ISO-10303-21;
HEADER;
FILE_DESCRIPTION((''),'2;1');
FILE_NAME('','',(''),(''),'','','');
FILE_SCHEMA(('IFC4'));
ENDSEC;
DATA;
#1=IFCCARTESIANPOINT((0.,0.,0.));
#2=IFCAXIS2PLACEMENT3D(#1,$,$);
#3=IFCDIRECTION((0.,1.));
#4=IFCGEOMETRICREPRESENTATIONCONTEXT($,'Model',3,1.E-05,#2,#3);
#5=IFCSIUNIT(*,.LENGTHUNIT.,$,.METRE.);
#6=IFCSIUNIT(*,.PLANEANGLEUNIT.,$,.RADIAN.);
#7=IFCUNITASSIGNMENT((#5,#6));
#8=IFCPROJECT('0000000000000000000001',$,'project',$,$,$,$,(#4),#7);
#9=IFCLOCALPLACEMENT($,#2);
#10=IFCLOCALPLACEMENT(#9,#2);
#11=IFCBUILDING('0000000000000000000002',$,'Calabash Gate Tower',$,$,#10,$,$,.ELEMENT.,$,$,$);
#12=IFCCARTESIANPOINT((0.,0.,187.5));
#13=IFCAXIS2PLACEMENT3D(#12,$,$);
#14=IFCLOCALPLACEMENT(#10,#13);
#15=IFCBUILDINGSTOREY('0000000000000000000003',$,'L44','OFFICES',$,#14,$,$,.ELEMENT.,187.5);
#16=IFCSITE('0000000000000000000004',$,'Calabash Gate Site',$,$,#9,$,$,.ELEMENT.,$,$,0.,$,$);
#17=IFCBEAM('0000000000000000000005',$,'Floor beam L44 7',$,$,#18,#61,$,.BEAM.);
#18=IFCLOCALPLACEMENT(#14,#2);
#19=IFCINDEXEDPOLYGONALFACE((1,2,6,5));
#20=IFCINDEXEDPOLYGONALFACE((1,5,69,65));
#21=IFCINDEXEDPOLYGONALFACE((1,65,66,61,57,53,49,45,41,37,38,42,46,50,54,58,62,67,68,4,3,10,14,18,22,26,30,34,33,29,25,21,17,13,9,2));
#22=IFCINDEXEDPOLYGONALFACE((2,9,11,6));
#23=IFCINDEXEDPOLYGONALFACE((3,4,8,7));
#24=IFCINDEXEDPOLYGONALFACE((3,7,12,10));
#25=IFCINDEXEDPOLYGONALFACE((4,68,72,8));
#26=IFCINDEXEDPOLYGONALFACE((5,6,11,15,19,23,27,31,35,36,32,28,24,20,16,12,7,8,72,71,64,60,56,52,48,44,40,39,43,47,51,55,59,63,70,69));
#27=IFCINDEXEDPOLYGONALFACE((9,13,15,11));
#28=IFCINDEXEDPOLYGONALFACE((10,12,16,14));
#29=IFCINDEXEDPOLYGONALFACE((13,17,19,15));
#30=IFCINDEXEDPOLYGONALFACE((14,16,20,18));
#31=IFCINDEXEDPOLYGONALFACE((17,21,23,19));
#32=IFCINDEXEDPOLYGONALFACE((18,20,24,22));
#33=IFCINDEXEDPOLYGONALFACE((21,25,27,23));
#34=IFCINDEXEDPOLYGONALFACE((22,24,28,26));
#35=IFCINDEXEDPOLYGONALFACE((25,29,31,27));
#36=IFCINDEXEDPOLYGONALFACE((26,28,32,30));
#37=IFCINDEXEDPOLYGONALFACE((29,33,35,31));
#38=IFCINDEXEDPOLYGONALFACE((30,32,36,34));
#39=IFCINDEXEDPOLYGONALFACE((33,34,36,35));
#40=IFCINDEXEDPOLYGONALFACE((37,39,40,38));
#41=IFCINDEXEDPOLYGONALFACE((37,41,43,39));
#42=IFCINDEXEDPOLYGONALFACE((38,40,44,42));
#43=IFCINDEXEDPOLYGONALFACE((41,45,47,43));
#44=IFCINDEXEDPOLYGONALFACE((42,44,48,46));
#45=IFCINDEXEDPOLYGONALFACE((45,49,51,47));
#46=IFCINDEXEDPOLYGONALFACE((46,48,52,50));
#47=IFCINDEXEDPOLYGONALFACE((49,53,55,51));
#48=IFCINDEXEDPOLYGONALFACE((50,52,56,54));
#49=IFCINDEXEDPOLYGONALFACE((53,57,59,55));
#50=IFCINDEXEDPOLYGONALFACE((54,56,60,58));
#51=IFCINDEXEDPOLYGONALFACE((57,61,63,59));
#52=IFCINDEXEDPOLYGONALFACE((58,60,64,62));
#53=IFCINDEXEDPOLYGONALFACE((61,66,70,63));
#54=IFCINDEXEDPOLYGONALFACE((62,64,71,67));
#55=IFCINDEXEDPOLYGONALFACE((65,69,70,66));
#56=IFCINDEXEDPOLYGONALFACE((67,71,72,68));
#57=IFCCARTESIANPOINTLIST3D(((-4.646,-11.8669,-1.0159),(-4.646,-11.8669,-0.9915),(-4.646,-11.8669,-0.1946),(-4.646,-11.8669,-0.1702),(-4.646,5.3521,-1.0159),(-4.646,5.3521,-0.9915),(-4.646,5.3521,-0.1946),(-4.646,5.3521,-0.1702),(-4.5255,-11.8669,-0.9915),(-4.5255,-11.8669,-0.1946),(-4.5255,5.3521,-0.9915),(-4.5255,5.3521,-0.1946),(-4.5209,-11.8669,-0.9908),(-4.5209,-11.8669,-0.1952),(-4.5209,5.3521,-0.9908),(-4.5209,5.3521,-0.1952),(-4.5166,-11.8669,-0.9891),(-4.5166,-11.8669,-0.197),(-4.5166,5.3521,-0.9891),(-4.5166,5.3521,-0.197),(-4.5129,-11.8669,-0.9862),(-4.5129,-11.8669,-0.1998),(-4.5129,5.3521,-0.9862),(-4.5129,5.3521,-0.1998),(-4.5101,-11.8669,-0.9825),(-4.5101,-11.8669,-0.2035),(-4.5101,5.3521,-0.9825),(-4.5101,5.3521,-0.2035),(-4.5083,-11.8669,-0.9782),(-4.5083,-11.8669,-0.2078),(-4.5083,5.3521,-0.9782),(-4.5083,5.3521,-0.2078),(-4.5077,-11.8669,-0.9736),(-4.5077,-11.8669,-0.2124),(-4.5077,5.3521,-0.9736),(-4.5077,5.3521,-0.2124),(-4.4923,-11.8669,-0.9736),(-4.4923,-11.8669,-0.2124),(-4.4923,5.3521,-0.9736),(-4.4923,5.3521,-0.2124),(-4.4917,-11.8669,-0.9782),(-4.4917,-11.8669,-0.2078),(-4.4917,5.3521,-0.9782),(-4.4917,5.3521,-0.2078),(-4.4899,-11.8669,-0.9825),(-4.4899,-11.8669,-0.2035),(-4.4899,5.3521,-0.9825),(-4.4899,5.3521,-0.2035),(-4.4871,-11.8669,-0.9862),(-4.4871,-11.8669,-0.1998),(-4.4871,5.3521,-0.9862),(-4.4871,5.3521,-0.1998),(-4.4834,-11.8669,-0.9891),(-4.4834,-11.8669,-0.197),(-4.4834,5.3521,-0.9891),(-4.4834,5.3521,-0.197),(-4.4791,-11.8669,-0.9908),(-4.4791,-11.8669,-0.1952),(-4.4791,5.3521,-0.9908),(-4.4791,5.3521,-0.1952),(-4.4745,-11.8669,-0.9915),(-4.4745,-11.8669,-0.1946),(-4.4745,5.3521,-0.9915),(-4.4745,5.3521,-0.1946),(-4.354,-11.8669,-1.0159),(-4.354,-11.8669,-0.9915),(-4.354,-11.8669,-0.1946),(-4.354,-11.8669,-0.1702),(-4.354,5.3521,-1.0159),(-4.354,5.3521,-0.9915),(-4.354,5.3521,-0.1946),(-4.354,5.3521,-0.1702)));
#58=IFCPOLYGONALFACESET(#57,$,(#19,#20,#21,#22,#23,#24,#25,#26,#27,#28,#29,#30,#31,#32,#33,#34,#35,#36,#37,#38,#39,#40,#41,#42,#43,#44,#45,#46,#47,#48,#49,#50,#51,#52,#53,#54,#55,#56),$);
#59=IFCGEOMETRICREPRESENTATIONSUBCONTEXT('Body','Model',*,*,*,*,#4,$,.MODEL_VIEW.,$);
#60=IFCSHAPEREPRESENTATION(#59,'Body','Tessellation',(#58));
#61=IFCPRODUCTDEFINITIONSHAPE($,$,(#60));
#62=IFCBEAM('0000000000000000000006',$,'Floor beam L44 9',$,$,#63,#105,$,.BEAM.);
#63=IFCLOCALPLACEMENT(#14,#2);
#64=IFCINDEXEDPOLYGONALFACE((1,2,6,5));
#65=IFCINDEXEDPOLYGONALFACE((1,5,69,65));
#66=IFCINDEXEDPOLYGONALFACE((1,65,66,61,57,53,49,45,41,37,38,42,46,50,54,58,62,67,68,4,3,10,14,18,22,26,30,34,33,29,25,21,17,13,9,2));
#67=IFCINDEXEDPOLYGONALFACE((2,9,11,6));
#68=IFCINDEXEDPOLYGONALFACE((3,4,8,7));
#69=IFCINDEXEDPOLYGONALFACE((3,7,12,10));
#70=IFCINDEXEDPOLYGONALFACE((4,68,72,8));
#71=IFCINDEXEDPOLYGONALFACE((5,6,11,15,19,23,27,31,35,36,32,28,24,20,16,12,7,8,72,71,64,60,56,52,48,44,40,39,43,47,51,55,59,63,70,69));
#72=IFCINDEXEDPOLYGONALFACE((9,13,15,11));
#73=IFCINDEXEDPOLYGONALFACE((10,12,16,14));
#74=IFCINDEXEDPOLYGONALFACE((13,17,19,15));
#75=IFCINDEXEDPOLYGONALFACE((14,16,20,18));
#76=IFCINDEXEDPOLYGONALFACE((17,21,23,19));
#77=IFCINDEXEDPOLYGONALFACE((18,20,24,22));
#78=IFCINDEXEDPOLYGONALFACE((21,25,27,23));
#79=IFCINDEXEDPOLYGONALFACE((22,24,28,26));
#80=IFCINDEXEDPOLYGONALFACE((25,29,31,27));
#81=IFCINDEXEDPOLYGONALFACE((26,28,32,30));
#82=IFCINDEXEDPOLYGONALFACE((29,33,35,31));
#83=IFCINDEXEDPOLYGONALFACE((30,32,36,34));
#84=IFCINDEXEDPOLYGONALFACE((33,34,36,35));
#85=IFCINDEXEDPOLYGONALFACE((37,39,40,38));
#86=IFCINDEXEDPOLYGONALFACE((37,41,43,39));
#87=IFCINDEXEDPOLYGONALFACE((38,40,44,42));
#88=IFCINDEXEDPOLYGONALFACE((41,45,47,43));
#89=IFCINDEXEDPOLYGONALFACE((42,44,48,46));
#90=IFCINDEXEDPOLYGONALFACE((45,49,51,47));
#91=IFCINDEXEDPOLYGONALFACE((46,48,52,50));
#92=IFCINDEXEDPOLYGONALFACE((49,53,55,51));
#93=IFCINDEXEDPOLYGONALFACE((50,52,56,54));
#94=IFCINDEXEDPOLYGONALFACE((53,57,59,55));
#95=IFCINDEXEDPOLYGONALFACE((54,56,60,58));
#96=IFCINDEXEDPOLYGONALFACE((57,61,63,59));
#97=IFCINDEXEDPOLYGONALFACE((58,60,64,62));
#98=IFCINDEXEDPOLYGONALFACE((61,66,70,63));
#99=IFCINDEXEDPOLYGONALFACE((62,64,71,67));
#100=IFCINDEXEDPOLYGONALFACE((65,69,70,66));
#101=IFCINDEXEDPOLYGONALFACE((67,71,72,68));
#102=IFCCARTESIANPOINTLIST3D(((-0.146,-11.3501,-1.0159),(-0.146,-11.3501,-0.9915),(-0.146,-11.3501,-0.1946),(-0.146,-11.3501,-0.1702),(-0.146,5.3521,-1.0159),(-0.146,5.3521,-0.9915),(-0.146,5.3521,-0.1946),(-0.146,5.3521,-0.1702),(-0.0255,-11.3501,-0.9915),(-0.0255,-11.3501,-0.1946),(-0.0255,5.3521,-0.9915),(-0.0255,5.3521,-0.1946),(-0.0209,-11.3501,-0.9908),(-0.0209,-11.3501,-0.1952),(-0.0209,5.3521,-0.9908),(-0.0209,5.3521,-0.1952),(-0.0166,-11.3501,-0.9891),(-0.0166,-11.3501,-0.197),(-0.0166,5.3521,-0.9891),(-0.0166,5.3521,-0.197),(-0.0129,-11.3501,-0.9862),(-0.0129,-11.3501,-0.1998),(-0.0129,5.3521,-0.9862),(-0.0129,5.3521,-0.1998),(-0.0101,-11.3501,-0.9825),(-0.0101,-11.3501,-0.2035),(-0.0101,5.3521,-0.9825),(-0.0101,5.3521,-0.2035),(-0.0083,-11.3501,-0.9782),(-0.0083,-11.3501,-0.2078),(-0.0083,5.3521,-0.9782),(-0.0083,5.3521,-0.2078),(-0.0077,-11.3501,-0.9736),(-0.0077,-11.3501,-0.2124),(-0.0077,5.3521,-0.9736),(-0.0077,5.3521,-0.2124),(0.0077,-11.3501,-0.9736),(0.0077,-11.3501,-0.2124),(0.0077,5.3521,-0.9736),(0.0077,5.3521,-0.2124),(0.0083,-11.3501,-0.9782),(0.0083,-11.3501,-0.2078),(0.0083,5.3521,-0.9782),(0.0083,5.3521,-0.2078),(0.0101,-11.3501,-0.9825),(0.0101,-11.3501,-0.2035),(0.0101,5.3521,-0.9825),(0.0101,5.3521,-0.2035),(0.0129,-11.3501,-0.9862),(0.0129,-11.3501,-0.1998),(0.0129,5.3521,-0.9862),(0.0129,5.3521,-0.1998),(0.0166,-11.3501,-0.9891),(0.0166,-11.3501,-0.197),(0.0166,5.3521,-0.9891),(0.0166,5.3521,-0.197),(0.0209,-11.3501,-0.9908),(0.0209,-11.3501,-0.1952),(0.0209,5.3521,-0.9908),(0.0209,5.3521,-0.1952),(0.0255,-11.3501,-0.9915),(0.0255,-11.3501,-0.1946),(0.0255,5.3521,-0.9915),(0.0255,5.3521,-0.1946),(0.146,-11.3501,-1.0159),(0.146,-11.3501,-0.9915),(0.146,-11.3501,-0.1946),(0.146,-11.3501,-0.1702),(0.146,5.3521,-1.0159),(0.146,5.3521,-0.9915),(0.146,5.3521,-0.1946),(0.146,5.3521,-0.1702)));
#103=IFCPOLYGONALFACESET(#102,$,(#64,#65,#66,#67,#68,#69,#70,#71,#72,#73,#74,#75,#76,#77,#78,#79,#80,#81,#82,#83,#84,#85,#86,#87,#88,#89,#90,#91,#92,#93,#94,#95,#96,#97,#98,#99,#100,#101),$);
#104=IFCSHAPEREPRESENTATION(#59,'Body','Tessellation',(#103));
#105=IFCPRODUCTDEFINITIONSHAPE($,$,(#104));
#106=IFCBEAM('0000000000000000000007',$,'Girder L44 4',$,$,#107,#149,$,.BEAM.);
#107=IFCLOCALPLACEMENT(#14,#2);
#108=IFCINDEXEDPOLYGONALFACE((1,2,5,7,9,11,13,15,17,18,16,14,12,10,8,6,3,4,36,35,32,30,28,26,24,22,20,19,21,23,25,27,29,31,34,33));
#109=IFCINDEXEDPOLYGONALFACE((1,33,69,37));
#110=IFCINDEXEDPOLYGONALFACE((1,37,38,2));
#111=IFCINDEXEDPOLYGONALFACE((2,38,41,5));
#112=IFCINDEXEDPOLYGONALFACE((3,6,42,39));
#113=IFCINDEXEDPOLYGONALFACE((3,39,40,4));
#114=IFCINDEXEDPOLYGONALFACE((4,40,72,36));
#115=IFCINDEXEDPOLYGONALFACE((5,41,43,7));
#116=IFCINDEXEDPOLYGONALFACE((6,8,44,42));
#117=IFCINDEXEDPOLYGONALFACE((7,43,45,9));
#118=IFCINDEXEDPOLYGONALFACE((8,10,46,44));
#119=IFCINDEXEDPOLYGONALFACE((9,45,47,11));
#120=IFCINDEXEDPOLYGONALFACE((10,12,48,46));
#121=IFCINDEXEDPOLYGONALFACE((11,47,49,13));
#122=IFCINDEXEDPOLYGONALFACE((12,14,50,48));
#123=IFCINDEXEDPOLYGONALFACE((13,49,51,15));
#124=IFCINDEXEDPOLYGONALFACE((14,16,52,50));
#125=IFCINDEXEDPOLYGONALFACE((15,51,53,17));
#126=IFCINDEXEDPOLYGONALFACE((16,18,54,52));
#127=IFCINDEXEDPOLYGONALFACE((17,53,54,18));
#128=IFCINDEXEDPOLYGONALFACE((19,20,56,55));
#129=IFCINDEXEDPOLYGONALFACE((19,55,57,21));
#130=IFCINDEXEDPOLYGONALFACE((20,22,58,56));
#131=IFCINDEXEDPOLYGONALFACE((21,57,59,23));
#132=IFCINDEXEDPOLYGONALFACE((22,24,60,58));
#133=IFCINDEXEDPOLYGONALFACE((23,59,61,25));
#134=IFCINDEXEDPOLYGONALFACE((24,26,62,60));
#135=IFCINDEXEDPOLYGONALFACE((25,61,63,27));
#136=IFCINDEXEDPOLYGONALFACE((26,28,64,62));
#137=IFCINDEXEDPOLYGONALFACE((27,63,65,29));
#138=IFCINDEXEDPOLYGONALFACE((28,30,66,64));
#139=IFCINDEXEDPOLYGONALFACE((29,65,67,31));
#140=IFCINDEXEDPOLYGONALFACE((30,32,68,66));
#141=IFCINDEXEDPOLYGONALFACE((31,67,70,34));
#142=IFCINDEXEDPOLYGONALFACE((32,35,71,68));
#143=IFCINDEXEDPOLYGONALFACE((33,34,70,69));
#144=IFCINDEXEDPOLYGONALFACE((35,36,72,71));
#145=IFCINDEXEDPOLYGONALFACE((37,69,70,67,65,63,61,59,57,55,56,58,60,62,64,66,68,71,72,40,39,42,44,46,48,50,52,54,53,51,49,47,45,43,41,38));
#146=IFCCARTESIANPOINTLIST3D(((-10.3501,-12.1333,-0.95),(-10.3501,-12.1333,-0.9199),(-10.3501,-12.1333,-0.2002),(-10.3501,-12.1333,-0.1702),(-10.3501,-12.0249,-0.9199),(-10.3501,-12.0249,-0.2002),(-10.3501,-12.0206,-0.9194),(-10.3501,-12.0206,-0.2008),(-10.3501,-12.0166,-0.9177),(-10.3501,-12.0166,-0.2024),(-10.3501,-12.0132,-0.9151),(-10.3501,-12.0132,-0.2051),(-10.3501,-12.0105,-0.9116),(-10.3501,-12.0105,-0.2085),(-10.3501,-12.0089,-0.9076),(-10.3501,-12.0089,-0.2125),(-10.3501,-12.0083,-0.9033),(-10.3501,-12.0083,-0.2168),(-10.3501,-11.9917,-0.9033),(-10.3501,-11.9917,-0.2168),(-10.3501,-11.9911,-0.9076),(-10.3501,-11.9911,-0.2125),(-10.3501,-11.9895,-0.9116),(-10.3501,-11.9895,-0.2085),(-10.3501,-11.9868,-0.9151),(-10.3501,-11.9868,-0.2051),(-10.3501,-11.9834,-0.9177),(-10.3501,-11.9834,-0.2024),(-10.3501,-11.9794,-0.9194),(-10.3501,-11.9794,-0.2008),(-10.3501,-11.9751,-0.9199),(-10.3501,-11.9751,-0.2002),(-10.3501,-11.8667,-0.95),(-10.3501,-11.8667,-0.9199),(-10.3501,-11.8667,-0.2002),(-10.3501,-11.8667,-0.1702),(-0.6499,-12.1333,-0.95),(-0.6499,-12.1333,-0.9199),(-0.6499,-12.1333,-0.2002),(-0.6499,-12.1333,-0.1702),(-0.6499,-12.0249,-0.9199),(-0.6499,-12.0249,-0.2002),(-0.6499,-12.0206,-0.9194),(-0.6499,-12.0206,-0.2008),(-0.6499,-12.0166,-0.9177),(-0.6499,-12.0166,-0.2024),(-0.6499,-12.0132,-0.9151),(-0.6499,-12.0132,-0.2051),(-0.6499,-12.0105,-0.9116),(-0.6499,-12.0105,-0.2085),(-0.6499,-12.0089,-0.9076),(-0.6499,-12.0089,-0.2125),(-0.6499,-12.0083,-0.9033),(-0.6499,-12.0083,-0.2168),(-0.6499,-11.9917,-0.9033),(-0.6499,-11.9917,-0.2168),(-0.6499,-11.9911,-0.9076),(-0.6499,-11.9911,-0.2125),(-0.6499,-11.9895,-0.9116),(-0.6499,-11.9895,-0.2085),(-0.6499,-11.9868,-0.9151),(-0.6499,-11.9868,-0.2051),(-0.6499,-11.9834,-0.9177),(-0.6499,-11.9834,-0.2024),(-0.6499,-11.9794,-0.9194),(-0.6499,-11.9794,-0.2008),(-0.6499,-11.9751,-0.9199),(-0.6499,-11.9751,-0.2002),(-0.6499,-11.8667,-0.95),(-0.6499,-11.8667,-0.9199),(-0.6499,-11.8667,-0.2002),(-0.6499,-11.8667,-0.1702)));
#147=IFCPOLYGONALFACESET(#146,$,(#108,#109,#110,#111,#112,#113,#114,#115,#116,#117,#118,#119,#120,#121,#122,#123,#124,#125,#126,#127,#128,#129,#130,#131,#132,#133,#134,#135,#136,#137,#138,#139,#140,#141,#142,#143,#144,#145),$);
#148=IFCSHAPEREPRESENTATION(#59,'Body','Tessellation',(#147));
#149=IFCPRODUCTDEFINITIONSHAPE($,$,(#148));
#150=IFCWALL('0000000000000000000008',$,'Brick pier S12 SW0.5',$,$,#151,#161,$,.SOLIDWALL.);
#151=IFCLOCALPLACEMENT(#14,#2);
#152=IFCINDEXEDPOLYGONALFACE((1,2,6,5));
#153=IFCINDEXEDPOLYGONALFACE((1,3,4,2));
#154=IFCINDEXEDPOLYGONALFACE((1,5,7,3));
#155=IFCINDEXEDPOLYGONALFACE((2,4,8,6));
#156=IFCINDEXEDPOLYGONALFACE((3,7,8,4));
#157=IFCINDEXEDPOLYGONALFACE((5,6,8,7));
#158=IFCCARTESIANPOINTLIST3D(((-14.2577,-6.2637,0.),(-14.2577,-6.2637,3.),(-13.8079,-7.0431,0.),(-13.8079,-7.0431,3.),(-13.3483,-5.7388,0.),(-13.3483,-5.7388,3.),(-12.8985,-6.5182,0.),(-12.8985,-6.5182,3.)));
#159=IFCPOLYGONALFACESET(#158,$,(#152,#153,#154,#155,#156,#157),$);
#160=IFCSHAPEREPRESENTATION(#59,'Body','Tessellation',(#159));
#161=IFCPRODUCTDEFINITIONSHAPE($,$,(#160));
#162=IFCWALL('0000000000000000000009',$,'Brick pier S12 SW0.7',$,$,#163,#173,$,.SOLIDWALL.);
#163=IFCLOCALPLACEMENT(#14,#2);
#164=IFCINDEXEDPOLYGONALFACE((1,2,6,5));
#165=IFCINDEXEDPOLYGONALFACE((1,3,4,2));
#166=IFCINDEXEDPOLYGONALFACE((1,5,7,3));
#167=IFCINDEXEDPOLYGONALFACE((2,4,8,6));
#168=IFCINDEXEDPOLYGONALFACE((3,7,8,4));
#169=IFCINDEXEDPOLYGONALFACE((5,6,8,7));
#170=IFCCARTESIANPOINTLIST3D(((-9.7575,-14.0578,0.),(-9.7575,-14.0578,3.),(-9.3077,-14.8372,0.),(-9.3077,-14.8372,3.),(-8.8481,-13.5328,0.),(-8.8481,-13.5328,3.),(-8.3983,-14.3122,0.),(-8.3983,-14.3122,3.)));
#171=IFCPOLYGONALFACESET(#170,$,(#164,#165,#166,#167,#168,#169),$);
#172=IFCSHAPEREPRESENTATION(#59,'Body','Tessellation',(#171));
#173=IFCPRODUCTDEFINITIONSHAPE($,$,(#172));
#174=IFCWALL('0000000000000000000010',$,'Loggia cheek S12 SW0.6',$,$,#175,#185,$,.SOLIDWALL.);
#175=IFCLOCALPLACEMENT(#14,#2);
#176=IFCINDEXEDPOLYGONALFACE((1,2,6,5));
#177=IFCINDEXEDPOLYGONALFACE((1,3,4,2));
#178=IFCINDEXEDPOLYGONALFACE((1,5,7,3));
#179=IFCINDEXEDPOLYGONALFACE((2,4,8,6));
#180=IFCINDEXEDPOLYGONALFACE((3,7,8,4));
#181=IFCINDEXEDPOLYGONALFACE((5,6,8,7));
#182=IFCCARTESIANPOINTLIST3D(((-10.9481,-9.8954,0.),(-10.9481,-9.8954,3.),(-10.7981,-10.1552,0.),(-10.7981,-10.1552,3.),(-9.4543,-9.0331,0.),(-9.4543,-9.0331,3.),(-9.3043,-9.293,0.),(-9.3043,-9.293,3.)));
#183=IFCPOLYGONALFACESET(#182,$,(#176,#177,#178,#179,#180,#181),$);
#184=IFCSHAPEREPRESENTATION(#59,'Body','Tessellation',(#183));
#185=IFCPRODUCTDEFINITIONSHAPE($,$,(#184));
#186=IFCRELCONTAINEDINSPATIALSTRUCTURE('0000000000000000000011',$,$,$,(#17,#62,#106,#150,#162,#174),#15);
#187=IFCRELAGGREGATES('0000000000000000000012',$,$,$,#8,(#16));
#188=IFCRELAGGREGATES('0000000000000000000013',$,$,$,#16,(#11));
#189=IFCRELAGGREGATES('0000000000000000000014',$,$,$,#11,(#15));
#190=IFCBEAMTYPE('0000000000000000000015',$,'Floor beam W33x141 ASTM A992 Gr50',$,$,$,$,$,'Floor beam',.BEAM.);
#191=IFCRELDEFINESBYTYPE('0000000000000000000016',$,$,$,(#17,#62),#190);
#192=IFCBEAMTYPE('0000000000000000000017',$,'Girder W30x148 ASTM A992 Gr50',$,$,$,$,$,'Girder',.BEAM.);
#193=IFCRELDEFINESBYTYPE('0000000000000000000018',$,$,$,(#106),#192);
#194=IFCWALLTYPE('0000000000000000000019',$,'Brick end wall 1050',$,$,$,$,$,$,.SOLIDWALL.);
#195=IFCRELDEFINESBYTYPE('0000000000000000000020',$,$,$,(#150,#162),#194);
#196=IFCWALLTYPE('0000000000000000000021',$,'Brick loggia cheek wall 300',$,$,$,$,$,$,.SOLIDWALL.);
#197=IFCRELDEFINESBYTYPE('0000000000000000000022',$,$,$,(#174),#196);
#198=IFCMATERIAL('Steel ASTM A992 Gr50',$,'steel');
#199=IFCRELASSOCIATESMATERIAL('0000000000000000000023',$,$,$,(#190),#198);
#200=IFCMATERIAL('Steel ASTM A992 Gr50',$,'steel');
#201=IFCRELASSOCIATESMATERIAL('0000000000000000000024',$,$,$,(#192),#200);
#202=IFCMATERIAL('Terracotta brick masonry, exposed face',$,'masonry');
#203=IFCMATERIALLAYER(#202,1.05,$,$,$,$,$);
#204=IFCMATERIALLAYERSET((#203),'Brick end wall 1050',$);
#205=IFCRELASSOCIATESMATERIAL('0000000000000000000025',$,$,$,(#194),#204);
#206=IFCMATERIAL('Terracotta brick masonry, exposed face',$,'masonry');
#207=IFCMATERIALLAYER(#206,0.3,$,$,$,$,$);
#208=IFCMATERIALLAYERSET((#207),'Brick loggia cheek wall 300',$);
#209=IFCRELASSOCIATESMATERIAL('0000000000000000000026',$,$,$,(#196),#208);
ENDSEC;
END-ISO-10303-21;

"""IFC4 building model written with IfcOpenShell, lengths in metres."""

from ifc_helpers import new_model, si_unit, direction, frame, frame_2d, origin, origin_2d, place, context, subcontext, project, spatial, rectangle, i_section, extrude, material, layer, layer_set, material_profile, profile_set, type_object, element, save


model = new_model("IFC4")

# Units and contexts
model_context = context("Model", 3, precision=1e-05, world=origin(), true_north=direction((0.0, 1.0)))
body_context = subcontext(model_context, "Body", "Model", "MODEL_VIEW")
ifc_project = project(units=[si_unit("LENGTHUNIT", "METRE"), si_unit("PLANEANGLEUNIT", "RADIAN")], contexts=[model_context])

# Site, building, storey
site_placement = place(None, origin())
site = spatial("IfcSite", under=ifc_project, at=site_placement, Name="Calabash Gate Site", CompositionType="ELEMENT", RefElevation=0.0)
building_placement = place(site_placement, origin())
building = spatial("IfcBuilding", under=site, at=building_placement, Name="Calabash Gate Tower", CompositionType="ELEMENT")
storey_placement = place(building_placement, frame((0.0, 0.0, 187.5)))
storey = spatial("IfcBuildingStorey", under=building, at=storey_placement, Name="L44", Description="OFFICES", CompositionType="ELEMENT", Elevation=187.5)

# Beams
ifc_material_1 = material(Name="Steel ASTM A992 Gr50", Category="steel")
ifc_material_profile_1 = material_profile(ifc_material_1, i_section(OverallWidth=0.292, OverallDepth=0.8457, WebThickness=0.0154, FlangeThickness=0.0244, FilletRadius=0.0178, at=origin_2d()))
ifc_profile_set_1 = profile_set([ifc_material_profile_1], Name="Steel ASTM A992 Gr50")
beam_type_1 = type_object("IfcBeamType", Name="Floor beam W33x141 ASTM A992 Gr50", ElementType="Floor beam", PredefinedType="BEAM", material=ifc_profile_set_1)
beam_1_placement = place(storey_placement, frame((-4.5, -11.8669, -0.593), z_axis=(0.0, 1.0, 0.0), x_axis=(-1.0, 0.0, 0.0)))
element("IfcBeam", 1, at=beam_1_placement, inside=storey, type_object=beam_type_1, Name="Floor beam L44 7", PredefinedType="BEAM", context=body_context, shape_type="SweptSolid", body=[
    extrude(i_section(OverallWidth=0.292, OverallDepth=0.8457, WebThickness=0.0154, FlangeThickness=0.0244, FilletRadius=0.0178, at=origin_2d()), origin(), (0.0, 0.0, 1.0), 17.219),
])
beam_2_placement = place(storey_placement, frame((0.0, -11.3501, -0.593), z_axis=(0.0, 1.0, 0.0), x_axis=(-1.0, 0.0, 0.0)))
element("IfcBeam", 2, at=beam_2_placement, inside=storey, type_object=beam_type_1, Name="Floor beam L44 9", PredefinedType="BEAM", context=body_context, shape_type="SweptSolid", body=[
    extrude(i_section(OverallWidth=0.292, OverallDepth=0.8457, WebThickness=0.0154, FlangeThickness=0.0244, FilletRadius=0.0178, at=origin_2d()), origin(), (0.0, 0.0, 1.0), 16.7021),
])
ifc_material_2 = material(Name="Steel ASTM A992 Gr50", Category="steel")
ifc_material_profile_2 = material_profile(ifc_material_2, i_section(OverallWidth=0.2666, OverallDepth=0.7798, WebThickness=0.0166, FlangeThickness=0.03, FilletRadius=0.0166, at=origin_2d()))
ifc_profile_set_2 = profile_set([ifc_material_profile_2], Name="Steel ASTM A992 Gr50")
beam_type_2 = type_object("IfcBeamType", Name="Girder W30x148 ASTM A992 Gr50", ElementType="Girder", PredefinedType="BEAM", material=ifc_profile_set_2)
beam_3_placement = place(storey_placement, frame((-10.3501, -12.0, -0.5601), z_axis=(1.0, 0.0, 0.0), x_axis=(0.0, 1.0, 0.0)))
element("IfcBeam", 3, at=beam_3_placement, inside=storey, type_object=beam_type_2, Name="Girder L44 4", PredefinedType="BEAM", context=body_context, shape_type="SweptSolid", body=[
    extrude(i_section(OverallWidth=0.2666, OverallDepth=0.7798, WebThickness=0.0166, FlangeThickness=0.03, FilletRadius=0.0166, at=origin_2d()), origin(), (0.0, 0.0, 1.0), 9.7002),
])

# Walls
ifc_material_3 = material(Name="Terracotta brick masonry, exposed face", Category="masonry")
ifc_layer_1 = layer(ifc_material_3, 1.05)
ifc_layer_set_1 = layer_set([ifc_layer_1], Name="Brick end wall 1050")
wall_type_1 = type_object("IfcWallType", Name="Brick end wall 1050", PredefinedType="SOLIDWALL", material=ifc_layer_set_1)
for number, where, z_axis, x_axis, name in (
    (4, (-14.0327, -6.6533, 0.0), (0.0, 0.0, 1.0), (0.866089, 0.49989, 0.0), "Brick pier S12 SW0.5"),
    (5, (-8.6233, -13.9226, 0.0), (0.0, 0.0, 1.0), (-0.866089, -0.49989, 0.0), "Brick pier S12 SW0.7"),
):
    element("IfcWall", number, at=place(storey_placement, frame(where, z_axis=z_axis, x_axis=x_axis)), inside=storey, type_object=wall_type_1, Name=name, PredefinedType="SOLIDWALL", context=body_context, shape_type="SweptSolid", body=[
        extrude(rectangle(XDim=1.05, YDim=0.8999, at=frame_2d((0.5249, 0.0))), origin(), (0.0, 0.0, 1.0), 3.0),
    ])
ifc_material_4 = material(Name="Terracotta brick masonry, exposed face", Category="masonry")
ifc_layer_2 = layer(ifc_material_4, 0.3)
ifc_layer_set_2 = layer_set([ifc_layer_2], Name="Brick loggia cheek wall 300")
wall_type_2 = type_object("IfcWallType", Name="Brick loggia cheek wall 300", PredefinedType="SOLIDWALL", material=ifc_layer_set_2)
wall_1_placement = place(storey_placement, frame((-9.3794, -9.1631, 0.0), z_axis=(0.0, 0.0, 1.0), x_axis=(-0.866075, -0.499914, 0.0)))
element("IfcWall", 6, at=wall_1_placement, inside=storey, type_object=wall_type_2, Name="Loggia cheek S12 SW0.6", PredefinedType="SOLIDWALL", context=body_context, shape_type="SweptSolid", body=[
    extrude(rectangle(XDim=1.7249, YDim=0.3, at=frame_2d((0.8623, 0.0))), origin(), (0.0, 0.0, 1.0), 3.0),
])

save(model, "model.ifc")
